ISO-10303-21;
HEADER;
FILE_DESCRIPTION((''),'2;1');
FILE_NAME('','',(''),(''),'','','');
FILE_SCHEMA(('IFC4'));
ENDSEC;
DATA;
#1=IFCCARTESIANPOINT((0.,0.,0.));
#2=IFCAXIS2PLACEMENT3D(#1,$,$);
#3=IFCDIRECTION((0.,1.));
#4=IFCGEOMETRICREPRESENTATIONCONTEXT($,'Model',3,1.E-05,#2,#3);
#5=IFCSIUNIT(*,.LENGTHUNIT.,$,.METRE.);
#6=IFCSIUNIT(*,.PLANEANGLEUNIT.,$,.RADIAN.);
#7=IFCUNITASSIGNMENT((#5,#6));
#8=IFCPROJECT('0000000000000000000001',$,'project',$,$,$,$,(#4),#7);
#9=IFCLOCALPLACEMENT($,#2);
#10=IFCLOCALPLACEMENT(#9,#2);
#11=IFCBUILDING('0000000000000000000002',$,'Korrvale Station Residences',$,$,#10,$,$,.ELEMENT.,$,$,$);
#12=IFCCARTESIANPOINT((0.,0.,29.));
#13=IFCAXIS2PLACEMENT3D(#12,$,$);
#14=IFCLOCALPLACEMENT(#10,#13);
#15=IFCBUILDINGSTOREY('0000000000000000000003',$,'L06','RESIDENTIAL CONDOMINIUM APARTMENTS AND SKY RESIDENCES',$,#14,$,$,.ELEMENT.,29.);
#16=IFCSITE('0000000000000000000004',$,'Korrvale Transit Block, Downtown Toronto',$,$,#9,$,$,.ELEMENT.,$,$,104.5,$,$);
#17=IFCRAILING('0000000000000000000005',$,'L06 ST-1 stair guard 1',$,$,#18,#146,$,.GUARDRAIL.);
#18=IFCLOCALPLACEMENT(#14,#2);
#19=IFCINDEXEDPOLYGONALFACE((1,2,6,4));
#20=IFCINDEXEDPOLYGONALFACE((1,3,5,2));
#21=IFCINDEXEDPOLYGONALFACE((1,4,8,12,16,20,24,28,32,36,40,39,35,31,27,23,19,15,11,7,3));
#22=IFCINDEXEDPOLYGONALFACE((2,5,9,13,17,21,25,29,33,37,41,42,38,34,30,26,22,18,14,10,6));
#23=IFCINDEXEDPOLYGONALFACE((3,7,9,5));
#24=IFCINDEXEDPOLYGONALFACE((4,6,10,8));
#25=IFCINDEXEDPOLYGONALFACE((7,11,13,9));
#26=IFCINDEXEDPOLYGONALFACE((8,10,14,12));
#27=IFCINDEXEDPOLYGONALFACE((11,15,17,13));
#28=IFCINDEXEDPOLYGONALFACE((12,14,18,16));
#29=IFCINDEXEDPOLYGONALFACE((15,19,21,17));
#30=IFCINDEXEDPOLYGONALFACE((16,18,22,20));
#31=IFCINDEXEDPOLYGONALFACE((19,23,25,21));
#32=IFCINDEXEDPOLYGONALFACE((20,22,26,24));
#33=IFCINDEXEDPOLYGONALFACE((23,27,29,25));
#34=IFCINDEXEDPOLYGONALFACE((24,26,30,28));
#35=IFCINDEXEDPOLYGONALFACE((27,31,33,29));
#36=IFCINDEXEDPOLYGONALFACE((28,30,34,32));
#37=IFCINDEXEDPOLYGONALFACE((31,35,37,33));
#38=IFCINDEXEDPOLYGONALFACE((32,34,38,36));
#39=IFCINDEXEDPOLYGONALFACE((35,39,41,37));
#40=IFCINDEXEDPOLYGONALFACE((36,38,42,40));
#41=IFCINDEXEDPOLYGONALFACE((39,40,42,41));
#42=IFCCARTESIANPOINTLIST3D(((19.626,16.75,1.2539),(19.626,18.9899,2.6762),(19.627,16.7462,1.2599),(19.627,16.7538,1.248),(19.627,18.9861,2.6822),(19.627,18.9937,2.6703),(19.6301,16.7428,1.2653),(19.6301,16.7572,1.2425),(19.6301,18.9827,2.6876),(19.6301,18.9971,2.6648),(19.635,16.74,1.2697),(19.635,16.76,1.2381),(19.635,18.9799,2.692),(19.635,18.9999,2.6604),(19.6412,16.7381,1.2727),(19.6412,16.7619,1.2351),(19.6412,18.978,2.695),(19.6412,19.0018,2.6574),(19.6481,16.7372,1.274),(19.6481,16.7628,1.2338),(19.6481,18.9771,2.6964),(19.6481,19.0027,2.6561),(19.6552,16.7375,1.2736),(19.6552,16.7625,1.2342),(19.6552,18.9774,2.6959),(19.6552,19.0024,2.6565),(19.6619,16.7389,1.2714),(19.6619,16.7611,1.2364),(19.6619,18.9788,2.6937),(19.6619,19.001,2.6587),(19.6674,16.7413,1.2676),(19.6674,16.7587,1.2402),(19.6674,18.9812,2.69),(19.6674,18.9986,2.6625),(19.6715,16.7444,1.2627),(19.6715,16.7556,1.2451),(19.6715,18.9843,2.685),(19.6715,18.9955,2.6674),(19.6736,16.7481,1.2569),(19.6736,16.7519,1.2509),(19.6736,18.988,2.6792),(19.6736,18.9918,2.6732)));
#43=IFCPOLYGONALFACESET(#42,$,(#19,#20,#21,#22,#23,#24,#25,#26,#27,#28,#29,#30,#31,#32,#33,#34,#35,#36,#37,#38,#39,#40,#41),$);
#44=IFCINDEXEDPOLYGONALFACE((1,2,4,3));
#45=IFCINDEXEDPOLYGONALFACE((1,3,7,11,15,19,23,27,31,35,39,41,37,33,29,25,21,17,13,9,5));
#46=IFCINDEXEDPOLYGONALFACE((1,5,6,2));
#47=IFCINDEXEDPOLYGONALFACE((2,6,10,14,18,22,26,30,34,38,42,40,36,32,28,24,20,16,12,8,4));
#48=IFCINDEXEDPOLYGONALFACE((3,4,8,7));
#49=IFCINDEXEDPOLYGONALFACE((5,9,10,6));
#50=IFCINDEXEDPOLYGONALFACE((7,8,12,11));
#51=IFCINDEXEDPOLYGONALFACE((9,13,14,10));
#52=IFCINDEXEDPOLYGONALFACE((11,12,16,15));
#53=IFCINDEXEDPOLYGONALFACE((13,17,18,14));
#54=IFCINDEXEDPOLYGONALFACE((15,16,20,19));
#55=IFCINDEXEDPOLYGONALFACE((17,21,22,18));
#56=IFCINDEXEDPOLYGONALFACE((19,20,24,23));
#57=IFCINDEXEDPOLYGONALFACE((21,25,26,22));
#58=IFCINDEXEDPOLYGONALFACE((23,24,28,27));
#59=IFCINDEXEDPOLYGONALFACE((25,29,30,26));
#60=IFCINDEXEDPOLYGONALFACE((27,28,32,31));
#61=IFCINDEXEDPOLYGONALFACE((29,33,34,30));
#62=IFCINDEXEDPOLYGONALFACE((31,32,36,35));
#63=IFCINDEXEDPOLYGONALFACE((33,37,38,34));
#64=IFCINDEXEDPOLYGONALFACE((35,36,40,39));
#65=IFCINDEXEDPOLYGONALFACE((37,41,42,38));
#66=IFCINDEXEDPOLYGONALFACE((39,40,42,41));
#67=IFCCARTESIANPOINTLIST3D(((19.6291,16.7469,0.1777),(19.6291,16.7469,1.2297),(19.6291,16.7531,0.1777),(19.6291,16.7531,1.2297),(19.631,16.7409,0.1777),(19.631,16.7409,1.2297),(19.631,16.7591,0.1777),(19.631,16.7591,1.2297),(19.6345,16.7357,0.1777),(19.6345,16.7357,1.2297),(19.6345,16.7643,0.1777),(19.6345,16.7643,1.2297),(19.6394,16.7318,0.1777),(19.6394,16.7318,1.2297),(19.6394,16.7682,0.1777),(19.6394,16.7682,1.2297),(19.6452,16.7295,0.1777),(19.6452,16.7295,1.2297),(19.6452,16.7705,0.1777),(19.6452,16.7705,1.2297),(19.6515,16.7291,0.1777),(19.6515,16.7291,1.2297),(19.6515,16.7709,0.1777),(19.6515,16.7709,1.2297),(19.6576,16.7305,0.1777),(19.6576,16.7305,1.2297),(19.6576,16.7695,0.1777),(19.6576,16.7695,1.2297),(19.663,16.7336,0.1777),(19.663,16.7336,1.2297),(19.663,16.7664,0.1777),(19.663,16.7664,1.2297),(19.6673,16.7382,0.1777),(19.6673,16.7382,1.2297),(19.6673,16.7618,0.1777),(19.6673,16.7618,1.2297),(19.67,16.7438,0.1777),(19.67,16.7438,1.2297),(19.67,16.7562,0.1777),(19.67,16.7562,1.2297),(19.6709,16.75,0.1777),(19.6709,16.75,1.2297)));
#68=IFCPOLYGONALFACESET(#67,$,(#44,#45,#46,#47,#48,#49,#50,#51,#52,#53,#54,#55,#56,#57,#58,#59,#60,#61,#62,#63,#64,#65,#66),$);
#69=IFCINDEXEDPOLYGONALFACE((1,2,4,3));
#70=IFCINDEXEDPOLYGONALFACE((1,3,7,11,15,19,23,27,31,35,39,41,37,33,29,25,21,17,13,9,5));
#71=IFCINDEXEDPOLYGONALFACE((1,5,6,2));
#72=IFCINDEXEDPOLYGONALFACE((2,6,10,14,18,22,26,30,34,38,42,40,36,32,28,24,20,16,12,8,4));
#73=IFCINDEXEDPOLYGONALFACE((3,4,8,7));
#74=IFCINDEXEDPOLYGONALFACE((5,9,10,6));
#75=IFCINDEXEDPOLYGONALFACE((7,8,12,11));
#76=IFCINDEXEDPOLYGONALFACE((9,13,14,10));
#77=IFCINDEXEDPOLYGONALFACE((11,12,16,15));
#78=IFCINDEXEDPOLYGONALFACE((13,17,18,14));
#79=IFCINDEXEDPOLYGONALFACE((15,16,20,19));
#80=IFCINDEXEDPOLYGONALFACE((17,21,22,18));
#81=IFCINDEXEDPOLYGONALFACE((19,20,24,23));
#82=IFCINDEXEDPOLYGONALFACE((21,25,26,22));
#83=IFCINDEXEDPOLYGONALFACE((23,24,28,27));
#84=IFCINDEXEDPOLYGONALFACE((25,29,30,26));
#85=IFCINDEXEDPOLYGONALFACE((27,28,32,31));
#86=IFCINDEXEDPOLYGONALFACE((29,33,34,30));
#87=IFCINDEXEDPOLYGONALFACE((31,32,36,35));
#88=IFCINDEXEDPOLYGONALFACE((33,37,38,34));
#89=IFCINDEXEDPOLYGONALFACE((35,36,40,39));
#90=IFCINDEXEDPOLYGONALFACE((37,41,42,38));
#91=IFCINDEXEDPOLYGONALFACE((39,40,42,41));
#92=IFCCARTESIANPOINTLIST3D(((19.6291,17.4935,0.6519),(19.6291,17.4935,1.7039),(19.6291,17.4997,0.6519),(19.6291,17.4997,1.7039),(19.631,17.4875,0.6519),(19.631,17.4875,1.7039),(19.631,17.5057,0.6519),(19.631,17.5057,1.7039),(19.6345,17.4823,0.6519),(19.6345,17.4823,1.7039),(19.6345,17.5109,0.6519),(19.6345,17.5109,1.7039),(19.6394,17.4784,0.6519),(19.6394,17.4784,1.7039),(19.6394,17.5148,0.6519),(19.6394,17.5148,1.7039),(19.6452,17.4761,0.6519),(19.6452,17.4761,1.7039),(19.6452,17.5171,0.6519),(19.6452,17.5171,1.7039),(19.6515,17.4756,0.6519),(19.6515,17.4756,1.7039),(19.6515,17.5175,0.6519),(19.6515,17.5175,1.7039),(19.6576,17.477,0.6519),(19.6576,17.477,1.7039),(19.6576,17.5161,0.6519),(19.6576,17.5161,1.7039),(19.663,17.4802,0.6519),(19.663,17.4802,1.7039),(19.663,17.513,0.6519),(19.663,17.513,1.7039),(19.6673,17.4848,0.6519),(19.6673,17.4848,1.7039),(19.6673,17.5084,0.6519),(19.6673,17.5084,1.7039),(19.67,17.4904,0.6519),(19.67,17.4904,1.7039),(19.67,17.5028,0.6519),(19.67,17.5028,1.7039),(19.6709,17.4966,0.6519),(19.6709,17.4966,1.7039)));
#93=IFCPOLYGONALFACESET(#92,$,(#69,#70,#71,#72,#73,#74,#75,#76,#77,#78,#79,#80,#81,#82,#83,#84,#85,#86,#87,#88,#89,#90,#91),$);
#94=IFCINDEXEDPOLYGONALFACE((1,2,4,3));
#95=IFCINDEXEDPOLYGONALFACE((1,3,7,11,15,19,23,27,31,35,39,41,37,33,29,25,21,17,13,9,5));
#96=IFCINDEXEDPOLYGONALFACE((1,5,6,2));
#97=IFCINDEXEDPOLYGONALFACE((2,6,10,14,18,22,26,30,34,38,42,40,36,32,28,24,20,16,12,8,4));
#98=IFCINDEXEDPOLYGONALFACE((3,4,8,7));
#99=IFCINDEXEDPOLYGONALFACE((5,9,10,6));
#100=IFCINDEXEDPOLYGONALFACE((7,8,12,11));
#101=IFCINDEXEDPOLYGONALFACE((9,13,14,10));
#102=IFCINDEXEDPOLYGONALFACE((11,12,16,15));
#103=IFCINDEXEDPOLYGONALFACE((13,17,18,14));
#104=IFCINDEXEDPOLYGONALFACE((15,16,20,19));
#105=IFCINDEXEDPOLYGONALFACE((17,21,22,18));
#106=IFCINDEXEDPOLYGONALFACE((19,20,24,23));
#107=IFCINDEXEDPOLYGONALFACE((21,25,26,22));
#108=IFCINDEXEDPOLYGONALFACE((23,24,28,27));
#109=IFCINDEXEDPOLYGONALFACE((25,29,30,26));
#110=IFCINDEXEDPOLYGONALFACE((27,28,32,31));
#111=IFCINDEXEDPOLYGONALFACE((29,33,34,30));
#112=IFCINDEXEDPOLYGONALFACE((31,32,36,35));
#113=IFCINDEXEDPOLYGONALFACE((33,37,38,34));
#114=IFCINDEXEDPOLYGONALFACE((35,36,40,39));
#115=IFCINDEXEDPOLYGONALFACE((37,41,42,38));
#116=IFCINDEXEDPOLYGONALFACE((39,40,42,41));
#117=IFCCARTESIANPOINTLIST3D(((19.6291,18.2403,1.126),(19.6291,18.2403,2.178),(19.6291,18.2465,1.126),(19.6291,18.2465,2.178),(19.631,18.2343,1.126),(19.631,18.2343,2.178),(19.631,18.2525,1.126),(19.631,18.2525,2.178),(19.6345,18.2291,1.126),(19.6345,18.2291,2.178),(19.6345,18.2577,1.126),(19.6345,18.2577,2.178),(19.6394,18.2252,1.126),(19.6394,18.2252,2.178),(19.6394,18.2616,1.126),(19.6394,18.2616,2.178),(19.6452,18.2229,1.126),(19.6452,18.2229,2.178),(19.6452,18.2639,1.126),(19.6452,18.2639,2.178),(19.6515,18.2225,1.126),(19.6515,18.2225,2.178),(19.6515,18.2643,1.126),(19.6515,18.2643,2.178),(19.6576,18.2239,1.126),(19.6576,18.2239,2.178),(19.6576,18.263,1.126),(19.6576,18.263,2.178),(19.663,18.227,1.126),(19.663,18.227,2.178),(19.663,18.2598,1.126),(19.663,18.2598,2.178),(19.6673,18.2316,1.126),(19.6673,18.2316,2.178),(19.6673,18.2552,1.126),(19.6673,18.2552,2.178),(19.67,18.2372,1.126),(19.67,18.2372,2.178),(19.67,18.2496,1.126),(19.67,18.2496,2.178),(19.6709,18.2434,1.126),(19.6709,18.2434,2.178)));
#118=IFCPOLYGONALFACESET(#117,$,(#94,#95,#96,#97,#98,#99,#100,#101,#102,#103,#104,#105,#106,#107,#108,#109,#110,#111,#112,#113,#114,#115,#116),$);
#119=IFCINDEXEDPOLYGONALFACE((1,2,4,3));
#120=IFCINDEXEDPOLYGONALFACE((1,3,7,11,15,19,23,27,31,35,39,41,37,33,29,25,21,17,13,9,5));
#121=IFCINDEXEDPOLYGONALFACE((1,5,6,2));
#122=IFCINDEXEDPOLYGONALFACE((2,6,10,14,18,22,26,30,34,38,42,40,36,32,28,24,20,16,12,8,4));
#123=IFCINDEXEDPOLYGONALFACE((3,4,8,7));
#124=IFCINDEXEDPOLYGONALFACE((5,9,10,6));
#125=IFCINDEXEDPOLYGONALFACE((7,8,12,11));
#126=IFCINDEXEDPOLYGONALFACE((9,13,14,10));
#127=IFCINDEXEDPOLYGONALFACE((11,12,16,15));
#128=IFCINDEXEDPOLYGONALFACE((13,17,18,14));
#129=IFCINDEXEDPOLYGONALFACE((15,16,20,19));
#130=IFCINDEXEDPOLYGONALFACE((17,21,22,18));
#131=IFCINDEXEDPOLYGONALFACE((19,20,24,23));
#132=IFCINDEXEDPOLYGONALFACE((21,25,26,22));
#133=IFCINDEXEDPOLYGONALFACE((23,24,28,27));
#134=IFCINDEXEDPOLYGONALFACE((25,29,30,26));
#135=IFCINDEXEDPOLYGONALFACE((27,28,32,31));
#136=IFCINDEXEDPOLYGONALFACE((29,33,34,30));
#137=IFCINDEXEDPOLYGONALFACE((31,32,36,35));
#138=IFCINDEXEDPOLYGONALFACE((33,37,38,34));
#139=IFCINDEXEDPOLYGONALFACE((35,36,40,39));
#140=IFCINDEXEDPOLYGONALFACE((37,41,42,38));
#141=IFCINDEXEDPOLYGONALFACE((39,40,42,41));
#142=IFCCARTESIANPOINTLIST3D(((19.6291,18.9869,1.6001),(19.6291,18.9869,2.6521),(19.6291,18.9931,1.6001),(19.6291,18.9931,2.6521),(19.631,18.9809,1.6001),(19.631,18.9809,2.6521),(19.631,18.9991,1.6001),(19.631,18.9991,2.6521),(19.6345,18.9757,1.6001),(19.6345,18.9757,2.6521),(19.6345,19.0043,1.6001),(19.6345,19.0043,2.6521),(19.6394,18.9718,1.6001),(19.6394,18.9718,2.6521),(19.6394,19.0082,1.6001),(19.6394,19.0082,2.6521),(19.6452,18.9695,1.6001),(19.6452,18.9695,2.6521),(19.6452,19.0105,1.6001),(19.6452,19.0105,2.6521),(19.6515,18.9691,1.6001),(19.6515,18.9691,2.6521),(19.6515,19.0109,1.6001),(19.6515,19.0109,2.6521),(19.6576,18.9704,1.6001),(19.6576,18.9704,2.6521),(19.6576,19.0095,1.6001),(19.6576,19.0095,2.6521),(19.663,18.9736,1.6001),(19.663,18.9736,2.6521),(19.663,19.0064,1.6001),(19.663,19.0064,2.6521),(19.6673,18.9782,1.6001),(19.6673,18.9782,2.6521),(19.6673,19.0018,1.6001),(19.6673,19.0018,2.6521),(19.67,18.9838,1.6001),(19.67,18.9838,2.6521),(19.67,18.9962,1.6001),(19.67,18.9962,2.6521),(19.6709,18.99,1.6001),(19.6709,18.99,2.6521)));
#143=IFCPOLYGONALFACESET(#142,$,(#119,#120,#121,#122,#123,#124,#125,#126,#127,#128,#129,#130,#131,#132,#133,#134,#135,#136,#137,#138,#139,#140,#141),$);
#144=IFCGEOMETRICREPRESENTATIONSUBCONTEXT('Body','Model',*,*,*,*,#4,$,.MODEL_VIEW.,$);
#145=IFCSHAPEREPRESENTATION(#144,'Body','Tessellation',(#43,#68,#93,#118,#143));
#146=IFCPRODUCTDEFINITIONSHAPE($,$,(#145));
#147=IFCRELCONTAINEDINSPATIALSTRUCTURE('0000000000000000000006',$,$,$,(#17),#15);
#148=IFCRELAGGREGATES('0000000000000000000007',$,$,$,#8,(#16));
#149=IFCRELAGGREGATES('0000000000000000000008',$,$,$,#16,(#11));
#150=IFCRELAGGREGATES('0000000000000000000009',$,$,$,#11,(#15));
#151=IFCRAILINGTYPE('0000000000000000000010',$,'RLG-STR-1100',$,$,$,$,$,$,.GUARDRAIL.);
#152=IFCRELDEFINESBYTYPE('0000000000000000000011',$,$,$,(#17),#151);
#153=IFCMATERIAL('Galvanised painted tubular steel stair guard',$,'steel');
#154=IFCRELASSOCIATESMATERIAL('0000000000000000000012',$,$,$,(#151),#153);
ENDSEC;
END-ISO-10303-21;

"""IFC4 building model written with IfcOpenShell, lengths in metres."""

from ifc_helpers import new_model, si_unit, direction, frame, origin, origin_2d, place, context, subcontext, project, spatial, circle, extrude, material, type_object, element, save


model = new_model("IFC4")

# Units and contexts
model_context = context("Model", 3, precision=1e-05, world=origin(), true_north=direction((0.0, 1.0)))
body_context = subcontext(model_context, "Body", "Model", "MODEL_VIEW")
ifc_project = project(units=[si_unit("LENGTHUNIT", "METRE"), si_unit("PLANEANGLEUNIT", "RADIAN")], contexts=[model_context])

# Site, building, storey
site_placement = place(None, origin())
site = spatial("IfcSite", under=ifc_project, at=site_placement, Name="Korrvale Transit Block, Downtown Toronto", CompositionType="ELEMENT", RefElevation=104.5)
building_placement = place(site_placement, origin())
building = spatial("IfcBuilding", under=site, at=building_placement, Name="Korrvale Station Residences", CompositionType="ELEMENT")
storey_placement = place(building_placement, frame((0.0, 0.0, 29.0)))
storey = spatial("IfcBuildingStorey", under=building, at=storey_placement, Name="L06", Description="RESIDENTIAL CONDOMINIUM APARTMENTS AND SKY RESIDENCES", CompositionType="ELEMENT", Elevation=29.0)

# Railing
ifc_material_1 = material(Name="Galvanised painted tubular steel stair guard", Category="steel")
railing_type_1 = type_object("IfcRailingType", Name="RLG-STR-1100", PredefinedType="GUARDRAIL", material=ifc_material_1)
railing_1_placement = place(storey_placement, frame((19.6499, 16.75, 0.1777)))
element("IfcRailing", 1, at=railing_1_placement, inside=storey, type_object=railing_type_1, Name="L06 ST-1 stair guard 1", PredefinedType="GUARDRAIL", context=body_context, shape_type="SweptSolid", body=[
    extrude(circle(Radius=0.0239, at=origin_2d()), frame((0.0, 0.0, 1.0762), z_axis=(0.0, 0.844188, 0.536048), x_axis=(-1.0, 0.0, 0.0)), (0.0, 0.0, 1.0), 2.6533),
    extrude(circle(Radius=0.021, at=origin_2d()), origin(), (0.0, 0.0, 1.0), 1.052),
    extrude(circle(Radius=0.021, at=origin_2d()), frame((0.0, 0.7466, 0.4741)), (0.0, 0.0, 1.0), 1.052),
    extrude(circle(Radius=0.021, at=origin_2d()), frame((0.0, 1.4934, 0.9482)), (0.0, 0.0, 1.0), 1.052),
    extrude(circle(Radius=0.021, at=origin_2d()), frame((0.0, 2.24, 1.4224)), (0.0, 0.0, 1.0), 1.052),
])

save(model, "model.ifc")
